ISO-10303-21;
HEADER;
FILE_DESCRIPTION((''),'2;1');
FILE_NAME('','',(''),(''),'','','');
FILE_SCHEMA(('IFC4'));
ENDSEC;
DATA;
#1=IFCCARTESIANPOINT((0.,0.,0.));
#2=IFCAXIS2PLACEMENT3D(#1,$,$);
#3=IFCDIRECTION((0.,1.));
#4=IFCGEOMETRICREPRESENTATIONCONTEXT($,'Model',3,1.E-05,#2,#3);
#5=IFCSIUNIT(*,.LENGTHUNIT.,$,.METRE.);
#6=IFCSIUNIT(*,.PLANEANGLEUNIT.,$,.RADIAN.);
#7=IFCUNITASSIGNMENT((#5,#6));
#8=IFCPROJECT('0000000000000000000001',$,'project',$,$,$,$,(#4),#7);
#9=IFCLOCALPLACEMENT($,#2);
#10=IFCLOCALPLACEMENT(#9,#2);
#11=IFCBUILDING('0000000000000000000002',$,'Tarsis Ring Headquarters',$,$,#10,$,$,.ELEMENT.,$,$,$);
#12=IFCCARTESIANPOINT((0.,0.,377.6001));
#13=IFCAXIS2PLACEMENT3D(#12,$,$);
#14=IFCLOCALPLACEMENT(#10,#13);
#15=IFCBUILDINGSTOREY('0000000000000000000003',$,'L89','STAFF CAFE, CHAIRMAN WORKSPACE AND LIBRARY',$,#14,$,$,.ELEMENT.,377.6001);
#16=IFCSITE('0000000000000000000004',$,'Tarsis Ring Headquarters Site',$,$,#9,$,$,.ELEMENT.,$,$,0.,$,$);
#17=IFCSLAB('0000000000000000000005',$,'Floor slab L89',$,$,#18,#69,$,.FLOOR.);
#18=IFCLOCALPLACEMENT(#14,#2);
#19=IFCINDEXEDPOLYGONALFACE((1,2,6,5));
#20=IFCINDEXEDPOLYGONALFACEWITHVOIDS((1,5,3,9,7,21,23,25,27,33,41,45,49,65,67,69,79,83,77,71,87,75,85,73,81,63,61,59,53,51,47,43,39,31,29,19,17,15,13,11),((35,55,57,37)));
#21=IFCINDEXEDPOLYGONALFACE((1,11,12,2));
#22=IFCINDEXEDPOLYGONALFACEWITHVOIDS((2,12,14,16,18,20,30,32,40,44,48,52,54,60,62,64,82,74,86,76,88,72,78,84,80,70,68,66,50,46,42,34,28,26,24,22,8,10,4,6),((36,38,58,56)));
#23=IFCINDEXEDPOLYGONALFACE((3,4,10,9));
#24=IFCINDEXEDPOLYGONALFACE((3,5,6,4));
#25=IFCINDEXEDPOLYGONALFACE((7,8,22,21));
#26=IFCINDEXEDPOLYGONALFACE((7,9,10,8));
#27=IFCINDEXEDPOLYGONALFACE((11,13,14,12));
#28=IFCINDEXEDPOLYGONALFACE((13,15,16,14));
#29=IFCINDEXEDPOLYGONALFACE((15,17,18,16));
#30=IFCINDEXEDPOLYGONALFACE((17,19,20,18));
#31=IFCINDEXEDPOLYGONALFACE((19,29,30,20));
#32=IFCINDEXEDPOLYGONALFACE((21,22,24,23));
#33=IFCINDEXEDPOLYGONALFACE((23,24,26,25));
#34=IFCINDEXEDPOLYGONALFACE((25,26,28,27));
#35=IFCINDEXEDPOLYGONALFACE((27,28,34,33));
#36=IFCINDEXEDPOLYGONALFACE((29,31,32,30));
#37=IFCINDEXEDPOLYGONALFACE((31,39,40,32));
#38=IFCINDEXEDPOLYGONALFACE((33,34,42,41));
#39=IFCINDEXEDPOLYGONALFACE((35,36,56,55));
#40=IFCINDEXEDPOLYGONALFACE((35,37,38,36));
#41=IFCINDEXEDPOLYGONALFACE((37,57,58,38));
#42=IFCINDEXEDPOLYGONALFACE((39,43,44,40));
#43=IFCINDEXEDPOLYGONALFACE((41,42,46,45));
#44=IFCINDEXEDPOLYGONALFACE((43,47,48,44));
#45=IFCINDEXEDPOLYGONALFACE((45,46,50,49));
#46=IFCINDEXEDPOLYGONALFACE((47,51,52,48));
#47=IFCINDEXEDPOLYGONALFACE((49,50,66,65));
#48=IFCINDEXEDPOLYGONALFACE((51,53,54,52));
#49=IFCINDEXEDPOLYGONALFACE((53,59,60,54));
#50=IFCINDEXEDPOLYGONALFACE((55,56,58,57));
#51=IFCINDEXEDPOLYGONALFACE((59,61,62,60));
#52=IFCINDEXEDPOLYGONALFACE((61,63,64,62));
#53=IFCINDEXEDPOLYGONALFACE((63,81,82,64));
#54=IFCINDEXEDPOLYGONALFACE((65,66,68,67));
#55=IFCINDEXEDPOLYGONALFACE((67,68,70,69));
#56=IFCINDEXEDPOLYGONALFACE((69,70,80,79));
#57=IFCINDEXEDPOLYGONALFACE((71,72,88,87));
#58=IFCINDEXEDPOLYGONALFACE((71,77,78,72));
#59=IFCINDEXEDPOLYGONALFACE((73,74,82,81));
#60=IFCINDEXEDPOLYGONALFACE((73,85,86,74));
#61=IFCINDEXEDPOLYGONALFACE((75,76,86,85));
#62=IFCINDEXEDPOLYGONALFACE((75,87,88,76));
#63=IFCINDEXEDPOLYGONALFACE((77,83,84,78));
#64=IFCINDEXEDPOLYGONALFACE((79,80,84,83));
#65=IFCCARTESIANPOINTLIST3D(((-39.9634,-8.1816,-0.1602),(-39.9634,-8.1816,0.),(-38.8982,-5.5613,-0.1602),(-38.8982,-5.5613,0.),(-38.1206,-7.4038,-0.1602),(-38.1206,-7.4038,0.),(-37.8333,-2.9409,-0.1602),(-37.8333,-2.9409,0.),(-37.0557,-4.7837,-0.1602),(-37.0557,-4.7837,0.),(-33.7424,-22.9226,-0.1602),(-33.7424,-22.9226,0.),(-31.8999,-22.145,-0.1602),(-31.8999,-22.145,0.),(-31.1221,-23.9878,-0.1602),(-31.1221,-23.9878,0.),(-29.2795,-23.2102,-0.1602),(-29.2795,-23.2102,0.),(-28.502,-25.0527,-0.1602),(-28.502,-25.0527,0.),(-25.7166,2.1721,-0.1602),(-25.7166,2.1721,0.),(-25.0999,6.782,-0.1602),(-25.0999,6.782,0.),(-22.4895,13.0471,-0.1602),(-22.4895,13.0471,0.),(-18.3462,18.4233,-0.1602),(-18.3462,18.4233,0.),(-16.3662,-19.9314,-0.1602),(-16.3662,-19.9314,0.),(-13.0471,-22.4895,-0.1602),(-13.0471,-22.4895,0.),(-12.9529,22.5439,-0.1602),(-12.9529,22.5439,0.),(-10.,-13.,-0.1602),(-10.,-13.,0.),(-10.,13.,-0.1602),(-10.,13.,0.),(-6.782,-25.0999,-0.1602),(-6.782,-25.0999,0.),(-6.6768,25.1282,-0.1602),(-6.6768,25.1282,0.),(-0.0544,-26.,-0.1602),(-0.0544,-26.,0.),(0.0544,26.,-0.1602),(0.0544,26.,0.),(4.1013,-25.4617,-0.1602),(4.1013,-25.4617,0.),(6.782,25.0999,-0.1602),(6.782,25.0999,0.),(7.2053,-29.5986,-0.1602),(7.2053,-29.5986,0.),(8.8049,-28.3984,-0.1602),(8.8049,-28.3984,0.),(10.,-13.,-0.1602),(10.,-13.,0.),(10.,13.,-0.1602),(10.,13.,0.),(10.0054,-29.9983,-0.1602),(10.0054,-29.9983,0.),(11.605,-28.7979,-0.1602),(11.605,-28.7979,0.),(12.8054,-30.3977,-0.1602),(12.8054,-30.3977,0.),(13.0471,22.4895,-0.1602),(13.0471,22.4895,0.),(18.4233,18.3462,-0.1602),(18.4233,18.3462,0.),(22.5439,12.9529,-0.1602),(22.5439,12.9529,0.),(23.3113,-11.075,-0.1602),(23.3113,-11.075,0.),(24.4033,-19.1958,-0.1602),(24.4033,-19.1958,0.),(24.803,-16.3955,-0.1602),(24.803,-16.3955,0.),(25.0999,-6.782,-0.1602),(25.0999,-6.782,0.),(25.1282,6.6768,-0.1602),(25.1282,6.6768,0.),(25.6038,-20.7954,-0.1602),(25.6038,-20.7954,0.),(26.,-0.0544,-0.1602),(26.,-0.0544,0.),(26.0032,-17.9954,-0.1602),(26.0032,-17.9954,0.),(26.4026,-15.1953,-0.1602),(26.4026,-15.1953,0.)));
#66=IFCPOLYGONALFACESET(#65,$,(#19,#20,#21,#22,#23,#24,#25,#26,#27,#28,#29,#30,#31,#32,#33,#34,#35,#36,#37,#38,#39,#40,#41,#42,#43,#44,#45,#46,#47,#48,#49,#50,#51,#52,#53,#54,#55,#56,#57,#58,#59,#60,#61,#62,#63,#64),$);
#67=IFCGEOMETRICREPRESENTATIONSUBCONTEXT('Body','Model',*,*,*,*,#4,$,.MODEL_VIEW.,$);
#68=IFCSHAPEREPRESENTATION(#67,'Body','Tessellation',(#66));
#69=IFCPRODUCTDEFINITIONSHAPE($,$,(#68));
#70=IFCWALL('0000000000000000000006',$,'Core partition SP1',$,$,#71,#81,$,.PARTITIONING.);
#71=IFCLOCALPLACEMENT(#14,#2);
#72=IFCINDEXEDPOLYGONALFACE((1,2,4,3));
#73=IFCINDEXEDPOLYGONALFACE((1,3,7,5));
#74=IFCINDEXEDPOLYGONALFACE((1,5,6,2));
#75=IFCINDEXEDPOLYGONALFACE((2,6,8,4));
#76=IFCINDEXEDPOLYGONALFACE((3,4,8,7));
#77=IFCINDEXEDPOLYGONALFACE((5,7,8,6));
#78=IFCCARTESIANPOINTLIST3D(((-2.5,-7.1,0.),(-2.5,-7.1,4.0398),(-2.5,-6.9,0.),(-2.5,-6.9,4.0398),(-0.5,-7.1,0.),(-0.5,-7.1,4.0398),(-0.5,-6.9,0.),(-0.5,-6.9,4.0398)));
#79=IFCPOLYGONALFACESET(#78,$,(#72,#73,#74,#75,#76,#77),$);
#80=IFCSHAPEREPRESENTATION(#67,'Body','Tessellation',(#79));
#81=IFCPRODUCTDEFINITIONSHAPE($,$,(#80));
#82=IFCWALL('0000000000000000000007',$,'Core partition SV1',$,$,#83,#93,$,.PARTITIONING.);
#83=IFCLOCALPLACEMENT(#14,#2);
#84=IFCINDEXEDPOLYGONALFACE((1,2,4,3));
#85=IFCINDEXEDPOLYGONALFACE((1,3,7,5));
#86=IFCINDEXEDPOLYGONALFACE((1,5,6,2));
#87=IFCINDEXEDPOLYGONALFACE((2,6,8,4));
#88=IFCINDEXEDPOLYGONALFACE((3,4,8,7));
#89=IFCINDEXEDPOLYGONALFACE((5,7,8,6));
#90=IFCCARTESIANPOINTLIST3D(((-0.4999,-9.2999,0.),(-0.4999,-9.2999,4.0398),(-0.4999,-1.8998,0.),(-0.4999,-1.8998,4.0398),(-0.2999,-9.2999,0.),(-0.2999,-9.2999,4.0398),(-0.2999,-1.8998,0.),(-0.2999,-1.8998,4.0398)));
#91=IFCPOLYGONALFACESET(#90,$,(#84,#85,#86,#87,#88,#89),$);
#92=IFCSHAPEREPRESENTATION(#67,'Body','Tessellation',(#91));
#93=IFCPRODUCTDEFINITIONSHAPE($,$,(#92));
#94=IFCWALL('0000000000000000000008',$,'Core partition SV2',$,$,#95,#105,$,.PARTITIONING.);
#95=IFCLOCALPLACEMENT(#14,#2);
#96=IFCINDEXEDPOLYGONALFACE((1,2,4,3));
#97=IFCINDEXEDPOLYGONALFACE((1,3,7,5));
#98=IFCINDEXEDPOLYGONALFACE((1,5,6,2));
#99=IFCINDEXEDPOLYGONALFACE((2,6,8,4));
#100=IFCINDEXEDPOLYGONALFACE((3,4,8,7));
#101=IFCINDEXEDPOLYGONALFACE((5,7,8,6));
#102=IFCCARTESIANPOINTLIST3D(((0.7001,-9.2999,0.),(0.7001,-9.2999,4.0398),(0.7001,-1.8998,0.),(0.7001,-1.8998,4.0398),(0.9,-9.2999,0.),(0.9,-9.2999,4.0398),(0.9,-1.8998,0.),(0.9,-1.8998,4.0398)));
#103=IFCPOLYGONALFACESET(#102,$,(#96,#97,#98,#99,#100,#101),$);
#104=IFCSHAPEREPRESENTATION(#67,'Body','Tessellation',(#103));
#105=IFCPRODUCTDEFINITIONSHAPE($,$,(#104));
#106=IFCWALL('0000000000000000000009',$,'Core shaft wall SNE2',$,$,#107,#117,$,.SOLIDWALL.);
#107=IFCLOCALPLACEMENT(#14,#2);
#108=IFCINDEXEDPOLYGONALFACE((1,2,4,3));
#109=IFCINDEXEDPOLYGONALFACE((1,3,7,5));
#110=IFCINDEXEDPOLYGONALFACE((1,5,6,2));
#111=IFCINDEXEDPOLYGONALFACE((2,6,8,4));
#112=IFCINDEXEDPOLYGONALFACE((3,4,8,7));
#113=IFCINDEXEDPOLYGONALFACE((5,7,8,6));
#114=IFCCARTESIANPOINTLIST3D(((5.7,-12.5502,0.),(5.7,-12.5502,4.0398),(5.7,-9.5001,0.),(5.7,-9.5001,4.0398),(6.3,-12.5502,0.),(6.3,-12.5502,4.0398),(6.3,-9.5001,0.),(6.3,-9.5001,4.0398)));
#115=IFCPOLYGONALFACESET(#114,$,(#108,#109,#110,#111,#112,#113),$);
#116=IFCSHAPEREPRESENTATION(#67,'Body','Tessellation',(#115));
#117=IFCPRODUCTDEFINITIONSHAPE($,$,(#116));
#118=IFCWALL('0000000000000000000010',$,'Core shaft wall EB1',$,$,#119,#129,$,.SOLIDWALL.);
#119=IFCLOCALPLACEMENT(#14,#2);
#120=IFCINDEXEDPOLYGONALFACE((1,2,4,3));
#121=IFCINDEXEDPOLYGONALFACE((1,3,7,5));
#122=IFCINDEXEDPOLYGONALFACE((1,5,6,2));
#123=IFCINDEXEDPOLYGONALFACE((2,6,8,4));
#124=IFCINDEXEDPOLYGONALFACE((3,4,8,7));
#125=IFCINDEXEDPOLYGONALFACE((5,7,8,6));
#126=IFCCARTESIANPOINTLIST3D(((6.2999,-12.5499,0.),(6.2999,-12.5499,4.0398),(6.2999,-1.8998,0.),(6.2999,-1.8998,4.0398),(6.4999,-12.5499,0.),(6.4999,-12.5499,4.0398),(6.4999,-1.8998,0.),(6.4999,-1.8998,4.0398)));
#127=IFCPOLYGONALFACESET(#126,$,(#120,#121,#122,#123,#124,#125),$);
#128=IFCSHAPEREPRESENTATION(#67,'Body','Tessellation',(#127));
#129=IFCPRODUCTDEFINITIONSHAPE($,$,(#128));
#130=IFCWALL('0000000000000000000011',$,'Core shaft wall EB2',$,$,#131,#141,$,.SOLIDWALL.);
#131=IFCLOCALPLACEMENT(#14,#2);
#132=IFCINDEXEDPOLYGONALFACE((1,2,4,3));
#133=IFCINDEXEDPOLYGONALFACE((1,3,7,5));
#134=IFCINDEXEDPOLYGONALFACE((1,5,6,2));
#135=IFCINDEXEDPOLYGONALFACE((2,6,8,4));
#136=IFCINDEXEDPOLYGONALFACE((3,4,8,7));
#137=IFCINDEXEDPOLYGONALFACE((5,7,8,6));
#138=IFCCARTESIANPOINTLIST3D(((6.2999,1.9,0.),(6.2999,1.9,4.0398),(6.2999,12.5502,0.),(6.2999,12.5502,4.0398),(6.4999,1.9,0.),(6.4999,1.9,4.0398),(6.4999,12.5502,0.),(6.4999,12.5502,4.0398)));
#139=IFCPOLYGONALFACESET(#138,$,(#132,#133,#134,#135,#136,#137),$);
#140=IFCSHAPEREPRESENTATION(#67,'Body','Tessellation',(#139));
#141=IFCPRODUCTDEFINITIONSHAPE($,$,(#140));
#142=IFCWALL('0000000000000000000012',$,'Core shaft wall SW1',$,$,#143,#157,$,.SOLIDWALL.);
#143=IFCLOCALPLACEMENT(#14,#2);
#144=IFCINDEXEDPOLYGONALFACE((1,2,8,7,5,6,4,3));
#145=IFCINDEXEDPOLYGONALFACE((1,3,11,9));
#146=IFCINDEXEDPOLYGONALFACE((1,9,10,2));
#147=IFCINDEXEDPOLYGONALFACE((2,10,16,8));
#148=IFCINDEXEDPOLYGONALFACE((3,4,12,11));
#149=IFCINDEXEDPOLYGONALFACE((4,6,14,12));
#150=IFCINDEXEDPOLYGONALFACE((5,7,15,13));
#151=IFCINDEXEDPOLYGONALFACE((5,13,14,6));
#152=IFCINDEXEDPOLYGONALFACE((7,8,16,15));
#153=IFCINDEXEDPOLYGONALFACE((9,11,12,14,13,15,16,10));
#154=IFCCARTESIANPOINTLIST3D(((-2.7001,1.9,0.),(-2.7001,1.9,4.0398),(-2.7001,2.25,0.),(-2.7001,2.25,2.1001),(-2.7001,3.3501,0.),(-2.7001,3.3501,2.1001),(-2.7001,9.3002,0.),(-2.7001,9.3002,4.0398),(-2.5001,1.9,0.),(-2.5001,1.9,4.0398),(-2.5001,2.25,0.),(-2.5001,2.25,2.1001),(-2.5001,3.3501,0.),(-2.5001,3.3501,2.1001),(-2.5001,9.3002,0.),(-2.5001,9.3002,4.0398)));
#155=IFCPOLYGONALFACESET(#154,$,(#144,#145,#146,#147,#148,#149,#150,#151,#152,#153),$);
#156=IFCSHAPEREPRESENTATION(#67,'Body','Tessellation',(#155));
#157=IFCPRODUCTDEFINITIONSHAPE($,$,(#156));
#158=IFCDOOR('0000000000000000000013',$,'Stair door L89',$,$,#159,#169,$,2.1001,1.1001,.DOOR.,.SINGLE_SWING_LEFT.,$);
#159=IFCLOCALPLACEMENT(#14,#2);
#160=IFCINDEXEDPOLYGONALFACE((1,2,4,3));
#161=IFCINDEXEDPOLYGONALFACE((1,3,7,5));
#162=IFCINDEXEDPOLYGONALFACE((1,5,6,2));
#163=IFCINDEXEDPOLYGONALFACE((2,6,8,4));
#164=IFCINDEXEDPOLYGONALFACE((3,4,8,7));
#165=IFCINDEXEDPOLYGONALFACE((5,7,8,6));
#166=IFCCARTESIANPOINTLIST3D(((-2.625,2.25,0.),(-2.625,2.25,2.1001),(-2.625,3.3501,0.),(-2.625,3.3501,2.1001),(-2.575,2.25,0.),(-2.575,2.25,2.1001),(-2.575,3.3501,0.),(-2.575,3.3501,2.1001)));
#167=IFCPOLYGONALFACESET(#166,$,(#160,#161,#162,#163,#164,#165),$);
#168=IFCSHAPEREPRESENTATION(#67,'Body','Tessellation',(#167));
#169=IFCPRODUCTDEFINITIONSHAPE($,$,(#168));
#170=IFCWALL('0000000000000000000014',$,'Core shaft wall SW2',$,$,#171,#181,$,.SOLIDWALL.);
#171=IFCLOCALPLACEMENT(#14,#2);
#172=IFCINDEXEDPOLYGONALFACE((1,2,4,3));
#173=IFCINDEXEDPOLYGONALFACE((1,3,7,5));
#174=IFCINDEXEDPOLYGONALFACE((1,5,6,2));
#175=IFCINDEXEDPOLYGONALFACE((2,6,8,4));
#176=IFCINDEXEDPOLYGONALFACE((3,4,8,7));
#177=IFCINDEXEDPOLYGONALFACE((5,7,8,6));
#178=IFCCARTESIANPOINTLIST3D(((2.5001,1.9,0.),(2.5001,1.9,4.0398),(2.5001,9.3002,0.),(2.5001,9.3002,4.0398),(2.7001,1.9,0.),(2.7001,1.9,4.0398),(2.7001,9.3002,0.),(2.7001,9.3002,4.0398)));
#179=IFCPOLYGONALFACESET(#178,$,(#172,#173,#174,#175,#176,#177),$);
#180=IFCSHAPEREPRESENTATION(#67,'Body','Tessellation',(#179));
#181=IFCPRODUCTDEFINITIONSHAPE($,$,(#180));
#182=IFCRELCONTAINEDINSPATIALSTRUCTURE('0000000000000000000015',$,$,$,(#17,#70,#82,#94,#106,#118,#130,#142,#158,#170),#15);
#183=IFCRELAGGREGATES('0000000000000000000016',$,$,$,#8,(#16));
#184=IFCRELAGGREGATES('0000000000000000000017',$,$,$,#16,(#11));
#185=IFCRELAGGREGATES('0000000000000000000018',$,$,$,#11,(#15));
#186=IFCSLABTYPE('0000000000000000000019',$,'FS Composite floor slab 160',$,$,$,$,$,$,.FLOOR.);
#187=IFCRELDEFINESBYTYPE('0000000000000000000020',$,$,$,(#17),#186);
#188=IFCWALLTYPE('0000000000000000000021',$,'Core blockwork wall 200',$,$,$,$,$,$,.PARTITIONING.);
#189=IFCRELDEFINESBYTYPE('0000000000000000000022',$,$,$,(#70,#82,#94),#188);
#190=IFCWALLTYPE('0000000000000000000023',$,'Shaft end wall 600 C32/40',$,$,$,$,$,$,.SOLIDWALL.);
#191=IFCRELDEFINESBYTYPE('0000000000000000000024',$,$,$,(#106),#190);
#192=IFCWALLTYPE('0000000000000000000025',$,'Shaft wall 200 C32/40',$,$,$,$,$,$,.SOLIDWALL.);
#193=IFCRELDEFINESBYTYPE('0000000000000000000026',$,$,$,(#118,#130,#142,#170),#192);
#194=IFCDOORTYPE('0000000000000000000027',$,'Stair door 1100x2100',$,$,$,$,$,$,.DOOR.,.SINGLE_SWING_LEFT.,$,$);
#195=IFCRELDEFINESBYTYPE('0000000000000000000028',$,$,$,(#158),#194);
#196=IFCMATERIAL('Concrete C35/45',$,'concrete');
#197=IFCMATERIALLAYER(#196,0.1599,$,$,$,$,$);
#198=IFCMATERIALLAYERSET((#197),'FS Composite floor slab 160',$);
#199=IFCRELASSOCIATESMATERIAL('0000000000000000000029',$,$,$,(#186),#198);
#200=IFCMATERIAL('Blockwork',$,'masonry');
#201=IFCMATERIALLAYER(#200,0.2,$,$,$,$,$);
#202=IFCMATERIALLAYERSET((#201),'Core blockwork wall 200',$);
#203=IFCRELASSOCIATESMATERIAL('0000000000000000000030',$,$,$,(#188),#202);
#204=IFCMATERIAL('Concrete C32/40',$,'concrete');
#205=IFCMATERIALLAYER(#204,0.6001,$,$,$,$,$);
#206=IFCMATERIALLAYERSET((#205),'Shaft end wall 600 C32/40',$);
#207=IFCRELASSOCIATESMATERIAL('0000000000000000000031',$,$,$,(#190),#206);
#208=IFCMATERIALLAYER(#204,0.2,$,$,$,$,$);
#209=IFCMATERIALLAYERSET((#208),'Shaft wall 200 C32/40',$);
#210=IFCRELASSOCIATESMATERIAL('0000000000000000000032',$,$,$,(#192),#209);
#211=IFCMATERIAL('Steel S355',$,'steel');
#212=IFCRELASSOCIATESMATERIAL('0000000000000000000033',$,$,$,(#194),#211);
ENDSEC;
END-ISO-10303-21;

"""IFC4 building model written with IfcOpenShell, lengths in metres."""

from ifc_helpers import new_model, si_unit, direction, frame, frame_2d, origin, place, context, subcontext, project, spatial, polyline, rectangle, outline, extrude, material, layer, layer_set, type_object, element, fill, save


model = new_model("IFC4")

# Units and contexts
model_context = context("Model", 3, precision=1e-05, world=origin(), true_north=direction((0.0, 1.0)))
body_context = subcontext(model_context, "Body", "Model", "MODEL_VIEW")
ifc_project = project(units=[si_unit("LENGTHUNIT", "METRE"), si_unit("PLANEANGLEUNIT", "RADIAN")], contexts=[model_context])

# Site, building, storey
site_placement = place(None, origin())
site = spatial("IfcSite", under=ifc_project, at=site_placement, Name="Tarsis Ring Headquarters Site", CompositionType="ELEMENT", RefElevation=0.0)
building_placement = place(site_placement, origin())
building = spatial("IfcBuilding", under=site, at=building_placement, Name="Tarsis Ring Headquarters", CompositionType="ELEMENT")
storey_placement = place(building_placement, frame((0.0, 0.0, 377.6001)))
storey = spatial("IfcBuildingStorey", under=building, at=storey_placement, Name="L89", Description="STAFF CAFE, CHAIRMAN WORKSPACE AND LIBRARY", CompositionType="ELEMENT", Elevation=377.6001)

# Slab
ifc_material_1 = material(Name="Concrete C35/45", Category="concrete")
ifc_layer_1 = layer(ifc_material_1, 0.1599)
ifc_layer_set_1 = layer_set([ifc_layer_1], Name="FS Composite floor slab 160")
slab_type_1 = type_object("IfcSlabType", Name="FS Composite floor slab 160", PredefinedType="FLOOR", material=ifc_layer_set_1)
slab_1_placement = place(storey_placement, frame((0.0, 0.0, -0.1602)))
element("IfcSlab", 1, at=slab_1_placement, inside=storey, type_object=slab_type_1, Name="Floor slab L89", PredefinedType="FLOOR", context=body_context, shape_type="SweptSolid", body=[
    extrude(outline(polyline([(-16.3662, -19.9314), (-13.0471, -22.4895), (-6.782, -25.0999), (-0.0544, -26.0), (4.1013, -25.4617), (7.2053, -29.5986), (8.8049, -28.3984), (10.0054, -29.9983), (11.605, -28.7979), (12.8054, -30.3977), (25.6038, -20.7954), (24.4033, -19.1958), (26.0032, -17.9954), (24.803, -16.3955), (26.4026, -15.1953), (23.3113, -11.075), (25.0999, -6.782), (26.0, -0.0544), (25.1282, 6.6768), (22.5439, 12.9529), (18.4233, 18.3462), (13.0471, 22.4895), (6.782, 25.0999), (0.0544, 26.0), (-6.6768, 25.1282), (-12.9529, 22.5439), (-18.3462, 18.4233), (-22.4895, 13.0471), (-25.0999, 6.782), (-25.7166, 2.1721), (-37.8333, -2.9409), (-37.0557, -4.7837), (-38.8982, -5.5613), (-38.1206, -7.4038), (-39.9634, -8.1816), (-33.7424, -22.9226), (-31.8999, -22.145), (-31.1221, -23.9878), (-29.2795, -23.2102), (-28.502, -25.0527), (-16.3662, -19.9314)]), holes=[polyline([(-10.0, -13.0), (-10.0, 13.0), (10.0, 13.0), (10.0, -13.0), (-10.0, -13.0)])]), origin(), (0.0, 0.0, 1.0), 0.1602),
])

# Walls
ifc_material_2 = material(Name="Blockwork", Category="masonry")
ifc_layer_2 = layer(ifc_material_2, 0.2)
ifc_layer_set_2 = layer_set([ifc_layer_2], Name="Core blockwork wall 200")
wall_type_1 = type_object("IfcWallType", Name="Core blockwork wall 200", PredefinedType="PARTITIONING", material=ifc_layer_set_2)
wall_1_placement = place(storey_placement, frame((-2.5, -7.0, 0.0), z_axis=(0.0, 0.0, 1.0), x_axis=(1.0, 0.0, 0.0)))
element("IfcWall", 2, at=wall_1_placement, inside=storey, type_object=wall_type_1, Name="Core partition SP1", PredefinedType="PARTITIONING", context=body_context, shape_type="SweptSolid", body=[
    extrude(rectangle(XDim=2.0, YDim=0.2, at=frame_2d((1.0, 0.0))), origin(), (0.0, 0.0, 1.0), 4.0398),
])
for number, where, z_axis, x_axis, name in (
    (3, (-0.3999, -9.3, 0.0), (0.0, 0.0, 1.0), (0.0, 1.0, 0.0), "Core partition SV1"),
    (4, (0.8, -9.3, 0.0), (0.0, 0.0, 1.0), (0.0, 1.0, 0.0), "Core partition SV2"),
):
    element("IfcWall", number, at=place(storey_placement, frame(where, z_axis=z_axis, x_axis=x_axis)), inside=storey, type_object=wall_type_1, Name=name, PredefinedType="PARTITIONING", context=body_context, shape_type="SweptSolid", body=[
        extrude(rectangle(XDim=7.4001, YDim=0.2, at=frame_2d((3.7002, 0.0))), origin(), (0.0, 0.0, 1.0), 4.0398),
    ])
ifc_material_3 = material(Name="Concrete C32/40", Category="concrete")
ifc_layer_3 = layer(ifc_material_3, 0.6001)
ifc_layer_set_3 = layer_set([ifc_layer_3], Name="Shaft end wall 600 C32/40")
wall_type_2 = type_object("IfcWallType", Name="Shaft end wall 600 C32/40", PredefinedType="SOLIDWALL", material=ifc_layer_set_3)
wall_2_placement = place(storey_placement, frame((6.0, -12.55, 0.0), z_axis=(0.0, 0.0, 1.0), x_axis=(0.0, 1.0, 0.0)))
element("IfcWall", 5, at=wall_2_placement, inside=storey, type_object=wall_type_2, Name="Core shaft wall SNE2", PredefinedType="SOLIDWALL", context=body_context, shape_type="SweptSolid", body=[
    extrude(rectangle(XDim=3.05, YDim=0.6001, at=frame_2d((1.5249, 0.0))), origin(), (0.0, 0.0, 1.0), 4.0398),
])
ifc_layer_4 = layer(ifc_material_3, 0.2)
ifc_layer_set_4 = layer_set([ifc_layer_4], Name="Shaft wall 200 C32/40")
wall_type_3 = type_object("IfcWallType", Name="Shaft wall 200 C32/40", PredefinedType="SOLIDWALL", material=ifc_layer_set_4)
for number, where, z_axis, x_axis, name in (
    (6, (6.3999, -12.55, 0.0), (0.0, 0.0, 1.0), (0.0, 1.0, 0.0), "Core shaft wall EB1"),
    (7, (6.3999, 1.8999, 0.0), (0.0, 0.0, 1.0), (0.0, 1.0, 0.0), "Core shaft wall EB2"),
):
    element("IfcWall", number, at=place(storey_placement, frame(where, z_axis=z_axis, x_axis=x_axis)), inside=storey, type_object=wall_type_3, Name=name, PredefinedType="SOLIDWALL", context=body_context, shape_type="SweptSolid", body=[
        extrude(rectangle(XDim=10.6501, YDim=0.2, at=frame_2d((5.3252, 0.0))), origin(), (0.0, 0.0, 1.0), 4.0398),
    ])

# Wall, opening, door
wall_3_placement = place(storey_placement, frame((-2.6001, 1.8999, 0.0), z_axis=(0.0, 0.0, 1.0), x_axis=(0.0, 1.0, 0.0)))
wall_3 = element("IfcWall", 8, at=wall_3_placement, inside=storey, type_object=wall_type_3, Name="Core shaft wall SW1", PredefinedType="SOLIDWALL", context=body_context, shape_type="SweptSolid", body=[
    extrude(rectangle(XDim=7.4001, YDim=0.2, at=frame_2d((3.7002, 0.0))), origin(), (0.0, 0.0, 1.0), 4.0398),
])
opening_placement = place(wall_3_placement, frame((0.3501, 0.0, 0.0)))
opening = element("IfcOpeningElement", 9, at=opening_placement, cuts=wall_3, PredefinedType="OPENING", context=body_context, shape_type="SweptSolid", body=[
    extrude(rectangle(XDim=1.1001, YDim=2.1001, at=frame_2d((0.55, 1.05))), frame((0.0, 0.1099, 0.0), z_axis=(0.0, -1.0, 0.0), x_axis=(1.0, 0.0, 0.0)), (0.0, 0.0, 1.0), 0.22),
])
ifc_material_4 = material(Name="Steel S355", Category="steel")
door_type = type_object("IfcDoorType", Name="Stair door 1100x2100", OperationType="SINGLE_SWING_LEFT", PredefinedType="DOOR", material=ifc_material_4)
door_placement = place(opening_placement, origin())
door = element("IfcDoor", 10, at=door_placement, inside=storey, type_object=door_type, Name="Stair door L89", OperationType="SINGLE_SWING_LEFT", OverallHeight=2.1001, OverallWidth=1.1001, PredefinedType="DOOR", context=body_context, shape_type="SweptSolid", body=[
    extrude(rectangle(XDim=1.1001, YDim=2.1001, at=frame_2d((0.55, 1.05))), frame((0.0, 0.0249, 0.0), z_axis=(0.0, -1.0, 0.0), x_axis=(1.0, 0.0, 0.0)), (0.0, 0.0, 1.0), 0.05),
])
fill(opening, door)

# Wall
for number, where, z_axis, x_axis, name in (
    (11, (2.6001, 1.8999, 0.0), (0.0, 0.0, 1.0), (0.0, 1.0, 0.0), "Core shaft wall SW2"),
):
    element("IfcWall", number, at=place(storey_placement, frame(where, z_axis=z_axis, x_axis=x_axis)), inside=storey, type_object=wall_type_3, Name=name, PredefinedType="SOLIDWALL", context=body_context, shape_type="SweptSolid", body=[
        extrude(rectangle(XDim=7.4001, YDim=0.2, at=frame_2d((3.7002, 0.0))), origin(), (0.0, 0.0, 1.0), 4.0398),
    ])

save(model, "model.ifc")
